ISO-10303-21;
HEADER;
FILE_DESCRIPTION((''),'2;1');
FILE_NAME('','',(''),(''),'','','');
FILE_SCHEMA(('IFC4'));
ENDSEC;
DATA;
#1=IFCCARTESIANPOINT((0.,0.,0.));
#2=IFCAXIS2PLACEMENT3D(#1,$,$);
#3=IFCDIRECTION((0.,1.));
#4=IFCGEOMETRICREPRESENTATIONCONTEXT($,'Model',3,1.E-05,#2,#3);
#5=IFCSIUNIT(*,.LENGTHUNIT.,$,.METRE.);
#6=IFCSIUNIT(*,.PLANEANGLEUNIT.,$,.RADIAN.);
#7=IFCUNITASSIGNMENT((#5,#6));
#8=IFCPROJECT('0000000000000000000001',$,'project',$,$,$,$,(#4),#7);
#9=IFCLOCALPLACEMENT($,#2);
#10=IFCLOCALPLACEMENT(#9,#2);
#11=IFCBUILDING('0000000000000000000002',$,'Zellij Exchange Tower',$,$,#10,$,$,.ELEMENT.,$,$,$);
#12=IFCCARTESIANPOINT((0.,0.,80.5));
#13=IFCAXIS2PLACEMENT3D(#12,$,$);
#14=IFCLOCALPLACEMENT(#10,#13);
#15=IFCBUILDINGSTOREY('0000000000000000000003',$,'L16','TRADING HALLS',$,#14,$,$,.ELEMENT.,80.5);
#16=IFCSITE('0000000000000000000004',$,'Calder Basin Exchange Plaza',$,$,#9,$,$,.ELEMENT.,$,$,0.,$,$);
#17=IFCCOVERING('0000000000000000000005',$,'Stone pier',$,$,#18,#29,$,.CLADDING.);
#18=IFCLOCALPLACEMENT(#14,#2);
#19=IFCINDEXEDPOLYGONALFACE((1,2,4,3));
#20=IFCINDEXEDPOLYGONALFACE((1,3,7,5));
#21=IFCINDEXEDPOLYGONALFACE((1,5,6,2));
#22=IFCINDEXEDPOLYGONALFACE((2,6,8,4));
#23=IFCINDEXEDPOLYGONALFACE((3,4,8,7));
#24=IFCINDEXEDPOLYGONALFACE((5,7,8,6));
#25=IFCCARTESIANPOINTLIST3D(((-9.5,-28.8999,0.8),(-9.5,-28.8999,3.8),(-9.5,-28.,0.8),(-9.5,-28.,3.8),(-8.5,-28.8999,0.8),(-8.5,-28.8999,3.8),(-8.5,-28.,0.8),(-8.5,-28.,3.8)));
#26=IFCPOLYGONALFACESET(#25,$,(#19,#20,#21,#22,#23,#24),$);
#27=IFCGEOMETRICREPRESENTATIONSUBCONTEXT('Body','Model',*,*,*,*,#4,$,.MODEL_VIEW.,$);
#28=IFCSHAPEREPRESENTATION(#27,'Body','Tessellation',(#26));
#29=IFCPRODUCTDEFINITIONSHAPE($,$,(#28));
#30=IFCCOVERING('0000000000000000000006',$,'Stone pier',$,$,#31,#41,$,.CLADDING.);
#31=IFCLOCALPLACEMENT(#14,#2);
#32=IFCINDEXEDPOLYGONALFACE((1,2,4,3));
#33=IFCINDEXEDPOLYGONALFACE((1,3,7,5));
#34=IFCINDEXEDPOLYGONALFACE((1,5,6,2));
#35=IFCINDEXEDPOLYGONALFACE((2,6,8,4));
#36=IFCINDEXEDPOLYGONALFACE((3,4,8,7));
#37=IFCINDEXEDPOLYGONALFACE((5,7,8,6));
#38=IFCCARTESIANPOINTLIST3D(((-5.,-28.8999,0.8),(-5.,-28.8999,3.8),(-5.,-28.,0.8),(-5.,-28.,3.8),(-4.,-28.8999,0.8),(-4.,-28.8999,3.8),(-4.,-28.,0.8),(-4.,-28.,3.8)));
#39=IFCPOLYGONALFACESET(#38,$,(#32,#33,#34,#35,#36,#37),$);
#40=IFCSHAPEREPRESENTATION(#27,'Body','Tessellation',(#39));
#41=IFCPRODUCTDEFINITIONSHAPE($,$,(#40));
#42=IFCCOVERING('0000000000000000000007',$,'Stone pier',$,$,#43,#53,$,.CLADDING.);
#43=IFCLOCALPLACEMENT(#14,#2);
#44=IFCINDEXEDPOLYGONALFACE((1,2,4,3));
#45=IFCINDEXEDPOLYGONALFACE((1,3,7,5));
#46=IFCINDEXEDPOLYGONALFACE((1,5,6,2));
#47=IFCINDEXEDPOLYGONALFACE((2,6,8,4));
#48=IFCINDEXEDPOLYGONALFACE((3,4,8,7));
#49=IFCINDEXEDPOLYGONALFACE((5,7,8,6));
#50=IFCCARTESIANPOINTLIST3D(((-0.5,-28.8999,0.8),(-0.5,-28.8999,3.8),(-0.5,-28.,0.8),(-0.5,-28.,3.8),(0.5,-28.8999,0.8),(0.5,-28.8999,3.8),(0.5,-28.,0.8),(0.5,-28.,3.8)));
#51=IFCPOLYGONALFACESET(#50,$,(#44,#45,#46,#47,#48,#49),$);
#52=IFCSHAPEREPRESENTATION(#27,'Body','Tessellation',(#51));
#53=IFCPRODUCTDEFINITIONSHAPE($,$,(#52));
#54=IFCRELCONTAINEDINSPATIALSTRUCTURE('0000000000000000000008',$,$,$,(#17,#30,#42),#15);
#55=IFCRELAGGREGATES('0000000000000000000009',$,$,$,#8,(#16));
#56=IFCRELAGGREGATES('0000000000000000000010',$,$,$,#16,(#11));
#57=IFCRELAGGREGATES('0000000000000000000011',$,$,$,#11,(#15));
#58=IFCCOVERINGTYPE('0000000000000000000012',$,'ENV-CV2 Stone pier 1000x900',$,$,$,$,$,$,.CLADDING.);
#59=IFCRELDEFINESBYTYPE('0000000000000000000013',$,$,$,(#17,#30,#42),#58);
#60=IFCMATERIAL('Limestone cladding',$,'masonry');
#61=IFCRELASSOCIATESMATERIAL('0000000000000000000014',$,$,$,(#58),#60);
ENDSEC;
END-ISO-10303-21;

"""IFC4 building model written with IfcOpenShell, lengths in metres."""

from ifc_helpers import new_model, si_unit, direction, frame, origin, place, context, subcontext, project, spatial, polyline, outline, extrude, material, type_object, element, save


model = new_model("IFC4")

# Units and contexts
model_context = context("Model", 3, precision=1e-05, world=origin(), true_north=direction((0.0, 1.0)))
body_context = subcontext(model_context, "Body", "Model", "MODEL_VIEW")
ifc_project = project(units=[si_unit("LENGTHUNIT", "METRE"), si_unit("PLANEANGLEUNIT", "RADIAN")], contexts=[model_context])

# Site, building, storey
site_placement = place(None, origin())
site = spatial("IfcSite", under=ifc_project, at=site_placement, Name="Calder Basin Exchange Plaza", CompositionType="ELEMENT", RefElevation=0.0)
building_placement = place(site_placement, origin())
building = spatial("IfcBuilding", under=site, at=building_placement, Name="Zellij Exchange Tower", CompositionType="ELEMENT")
storey_placement = place(building_placement, frame((0.0, 0.0, 80.5)))
storey = spatial("IfcBuildingStorey", under=building, at=storey_placement, Name="L16", Description="TRADING HALLS", CompositionType="ELEMENT", Elevation=80.5)

# Coverings
ifc_material_1 = material(Name="Limestone cladding", Category="masonry")
covering_type = type_object("IfcCoveringType", Name="ENV-CV2 Stone pier 1000x900", PredefinedType="CLADDING", material=ifc_material_1)
covering_1_placement = place(storey_placement, frame((0.0, 0.0, 0.8)))
element("IfcCovering", 1, at=covering_1_placement, inside=storey, type_object=covering_type, Name="Stone pier", PredefinedType="CLADDING", context=body_context, shape_type="SweptSolid", body=[
    extrude(outline(polyline([(-9.5, -28.0), (-8.5, -28.0), (-8.5, -28.8999), (-9.5, -28.8999), (-9.5, -28.0)])), origin(), (0.0, 0.0, 1.0), 3.0),
])
covering_2_placement = place(storey_placement, frame((0.0, 0.0, 0.8)))
element("IfcCovering", 2, at=covering_2_placement, inside=storey, type_object=covering_type, Name="Stone pier", PredefinedType="CLADDING", context=body_context, shape_type="SweptSolid", body=[
    extrude(outline(polyline([(-5.0, -28.0), (-4.0, -28.0), (-4.0, -28.8999), (-5.0, -28.8999), (-5.0, -28.0)])), origin(), (0.0, 0.0, 1.0), 3.0),
])
covering_3_placement = place(storey_placement, frame((0.0, 0.0, 0.8)))
element("IfcCovering", 3, at=covering_3_placement, inside=storey, type_object=covering_type, Name="Stone pier", PredefinedType="CLADDING", context=body_context, shape_type="SweptSolid", body=[
    extrude(outline(polyline([(-0.5, -28.0), (0.5, -28.0), (0.5, -28.8999), (-0.5, -28.8999), (-0.5, -28.0)])), origin(), (0.0, 0.0, 1.0), 3.0),
])

save(model, "model.ifc")
